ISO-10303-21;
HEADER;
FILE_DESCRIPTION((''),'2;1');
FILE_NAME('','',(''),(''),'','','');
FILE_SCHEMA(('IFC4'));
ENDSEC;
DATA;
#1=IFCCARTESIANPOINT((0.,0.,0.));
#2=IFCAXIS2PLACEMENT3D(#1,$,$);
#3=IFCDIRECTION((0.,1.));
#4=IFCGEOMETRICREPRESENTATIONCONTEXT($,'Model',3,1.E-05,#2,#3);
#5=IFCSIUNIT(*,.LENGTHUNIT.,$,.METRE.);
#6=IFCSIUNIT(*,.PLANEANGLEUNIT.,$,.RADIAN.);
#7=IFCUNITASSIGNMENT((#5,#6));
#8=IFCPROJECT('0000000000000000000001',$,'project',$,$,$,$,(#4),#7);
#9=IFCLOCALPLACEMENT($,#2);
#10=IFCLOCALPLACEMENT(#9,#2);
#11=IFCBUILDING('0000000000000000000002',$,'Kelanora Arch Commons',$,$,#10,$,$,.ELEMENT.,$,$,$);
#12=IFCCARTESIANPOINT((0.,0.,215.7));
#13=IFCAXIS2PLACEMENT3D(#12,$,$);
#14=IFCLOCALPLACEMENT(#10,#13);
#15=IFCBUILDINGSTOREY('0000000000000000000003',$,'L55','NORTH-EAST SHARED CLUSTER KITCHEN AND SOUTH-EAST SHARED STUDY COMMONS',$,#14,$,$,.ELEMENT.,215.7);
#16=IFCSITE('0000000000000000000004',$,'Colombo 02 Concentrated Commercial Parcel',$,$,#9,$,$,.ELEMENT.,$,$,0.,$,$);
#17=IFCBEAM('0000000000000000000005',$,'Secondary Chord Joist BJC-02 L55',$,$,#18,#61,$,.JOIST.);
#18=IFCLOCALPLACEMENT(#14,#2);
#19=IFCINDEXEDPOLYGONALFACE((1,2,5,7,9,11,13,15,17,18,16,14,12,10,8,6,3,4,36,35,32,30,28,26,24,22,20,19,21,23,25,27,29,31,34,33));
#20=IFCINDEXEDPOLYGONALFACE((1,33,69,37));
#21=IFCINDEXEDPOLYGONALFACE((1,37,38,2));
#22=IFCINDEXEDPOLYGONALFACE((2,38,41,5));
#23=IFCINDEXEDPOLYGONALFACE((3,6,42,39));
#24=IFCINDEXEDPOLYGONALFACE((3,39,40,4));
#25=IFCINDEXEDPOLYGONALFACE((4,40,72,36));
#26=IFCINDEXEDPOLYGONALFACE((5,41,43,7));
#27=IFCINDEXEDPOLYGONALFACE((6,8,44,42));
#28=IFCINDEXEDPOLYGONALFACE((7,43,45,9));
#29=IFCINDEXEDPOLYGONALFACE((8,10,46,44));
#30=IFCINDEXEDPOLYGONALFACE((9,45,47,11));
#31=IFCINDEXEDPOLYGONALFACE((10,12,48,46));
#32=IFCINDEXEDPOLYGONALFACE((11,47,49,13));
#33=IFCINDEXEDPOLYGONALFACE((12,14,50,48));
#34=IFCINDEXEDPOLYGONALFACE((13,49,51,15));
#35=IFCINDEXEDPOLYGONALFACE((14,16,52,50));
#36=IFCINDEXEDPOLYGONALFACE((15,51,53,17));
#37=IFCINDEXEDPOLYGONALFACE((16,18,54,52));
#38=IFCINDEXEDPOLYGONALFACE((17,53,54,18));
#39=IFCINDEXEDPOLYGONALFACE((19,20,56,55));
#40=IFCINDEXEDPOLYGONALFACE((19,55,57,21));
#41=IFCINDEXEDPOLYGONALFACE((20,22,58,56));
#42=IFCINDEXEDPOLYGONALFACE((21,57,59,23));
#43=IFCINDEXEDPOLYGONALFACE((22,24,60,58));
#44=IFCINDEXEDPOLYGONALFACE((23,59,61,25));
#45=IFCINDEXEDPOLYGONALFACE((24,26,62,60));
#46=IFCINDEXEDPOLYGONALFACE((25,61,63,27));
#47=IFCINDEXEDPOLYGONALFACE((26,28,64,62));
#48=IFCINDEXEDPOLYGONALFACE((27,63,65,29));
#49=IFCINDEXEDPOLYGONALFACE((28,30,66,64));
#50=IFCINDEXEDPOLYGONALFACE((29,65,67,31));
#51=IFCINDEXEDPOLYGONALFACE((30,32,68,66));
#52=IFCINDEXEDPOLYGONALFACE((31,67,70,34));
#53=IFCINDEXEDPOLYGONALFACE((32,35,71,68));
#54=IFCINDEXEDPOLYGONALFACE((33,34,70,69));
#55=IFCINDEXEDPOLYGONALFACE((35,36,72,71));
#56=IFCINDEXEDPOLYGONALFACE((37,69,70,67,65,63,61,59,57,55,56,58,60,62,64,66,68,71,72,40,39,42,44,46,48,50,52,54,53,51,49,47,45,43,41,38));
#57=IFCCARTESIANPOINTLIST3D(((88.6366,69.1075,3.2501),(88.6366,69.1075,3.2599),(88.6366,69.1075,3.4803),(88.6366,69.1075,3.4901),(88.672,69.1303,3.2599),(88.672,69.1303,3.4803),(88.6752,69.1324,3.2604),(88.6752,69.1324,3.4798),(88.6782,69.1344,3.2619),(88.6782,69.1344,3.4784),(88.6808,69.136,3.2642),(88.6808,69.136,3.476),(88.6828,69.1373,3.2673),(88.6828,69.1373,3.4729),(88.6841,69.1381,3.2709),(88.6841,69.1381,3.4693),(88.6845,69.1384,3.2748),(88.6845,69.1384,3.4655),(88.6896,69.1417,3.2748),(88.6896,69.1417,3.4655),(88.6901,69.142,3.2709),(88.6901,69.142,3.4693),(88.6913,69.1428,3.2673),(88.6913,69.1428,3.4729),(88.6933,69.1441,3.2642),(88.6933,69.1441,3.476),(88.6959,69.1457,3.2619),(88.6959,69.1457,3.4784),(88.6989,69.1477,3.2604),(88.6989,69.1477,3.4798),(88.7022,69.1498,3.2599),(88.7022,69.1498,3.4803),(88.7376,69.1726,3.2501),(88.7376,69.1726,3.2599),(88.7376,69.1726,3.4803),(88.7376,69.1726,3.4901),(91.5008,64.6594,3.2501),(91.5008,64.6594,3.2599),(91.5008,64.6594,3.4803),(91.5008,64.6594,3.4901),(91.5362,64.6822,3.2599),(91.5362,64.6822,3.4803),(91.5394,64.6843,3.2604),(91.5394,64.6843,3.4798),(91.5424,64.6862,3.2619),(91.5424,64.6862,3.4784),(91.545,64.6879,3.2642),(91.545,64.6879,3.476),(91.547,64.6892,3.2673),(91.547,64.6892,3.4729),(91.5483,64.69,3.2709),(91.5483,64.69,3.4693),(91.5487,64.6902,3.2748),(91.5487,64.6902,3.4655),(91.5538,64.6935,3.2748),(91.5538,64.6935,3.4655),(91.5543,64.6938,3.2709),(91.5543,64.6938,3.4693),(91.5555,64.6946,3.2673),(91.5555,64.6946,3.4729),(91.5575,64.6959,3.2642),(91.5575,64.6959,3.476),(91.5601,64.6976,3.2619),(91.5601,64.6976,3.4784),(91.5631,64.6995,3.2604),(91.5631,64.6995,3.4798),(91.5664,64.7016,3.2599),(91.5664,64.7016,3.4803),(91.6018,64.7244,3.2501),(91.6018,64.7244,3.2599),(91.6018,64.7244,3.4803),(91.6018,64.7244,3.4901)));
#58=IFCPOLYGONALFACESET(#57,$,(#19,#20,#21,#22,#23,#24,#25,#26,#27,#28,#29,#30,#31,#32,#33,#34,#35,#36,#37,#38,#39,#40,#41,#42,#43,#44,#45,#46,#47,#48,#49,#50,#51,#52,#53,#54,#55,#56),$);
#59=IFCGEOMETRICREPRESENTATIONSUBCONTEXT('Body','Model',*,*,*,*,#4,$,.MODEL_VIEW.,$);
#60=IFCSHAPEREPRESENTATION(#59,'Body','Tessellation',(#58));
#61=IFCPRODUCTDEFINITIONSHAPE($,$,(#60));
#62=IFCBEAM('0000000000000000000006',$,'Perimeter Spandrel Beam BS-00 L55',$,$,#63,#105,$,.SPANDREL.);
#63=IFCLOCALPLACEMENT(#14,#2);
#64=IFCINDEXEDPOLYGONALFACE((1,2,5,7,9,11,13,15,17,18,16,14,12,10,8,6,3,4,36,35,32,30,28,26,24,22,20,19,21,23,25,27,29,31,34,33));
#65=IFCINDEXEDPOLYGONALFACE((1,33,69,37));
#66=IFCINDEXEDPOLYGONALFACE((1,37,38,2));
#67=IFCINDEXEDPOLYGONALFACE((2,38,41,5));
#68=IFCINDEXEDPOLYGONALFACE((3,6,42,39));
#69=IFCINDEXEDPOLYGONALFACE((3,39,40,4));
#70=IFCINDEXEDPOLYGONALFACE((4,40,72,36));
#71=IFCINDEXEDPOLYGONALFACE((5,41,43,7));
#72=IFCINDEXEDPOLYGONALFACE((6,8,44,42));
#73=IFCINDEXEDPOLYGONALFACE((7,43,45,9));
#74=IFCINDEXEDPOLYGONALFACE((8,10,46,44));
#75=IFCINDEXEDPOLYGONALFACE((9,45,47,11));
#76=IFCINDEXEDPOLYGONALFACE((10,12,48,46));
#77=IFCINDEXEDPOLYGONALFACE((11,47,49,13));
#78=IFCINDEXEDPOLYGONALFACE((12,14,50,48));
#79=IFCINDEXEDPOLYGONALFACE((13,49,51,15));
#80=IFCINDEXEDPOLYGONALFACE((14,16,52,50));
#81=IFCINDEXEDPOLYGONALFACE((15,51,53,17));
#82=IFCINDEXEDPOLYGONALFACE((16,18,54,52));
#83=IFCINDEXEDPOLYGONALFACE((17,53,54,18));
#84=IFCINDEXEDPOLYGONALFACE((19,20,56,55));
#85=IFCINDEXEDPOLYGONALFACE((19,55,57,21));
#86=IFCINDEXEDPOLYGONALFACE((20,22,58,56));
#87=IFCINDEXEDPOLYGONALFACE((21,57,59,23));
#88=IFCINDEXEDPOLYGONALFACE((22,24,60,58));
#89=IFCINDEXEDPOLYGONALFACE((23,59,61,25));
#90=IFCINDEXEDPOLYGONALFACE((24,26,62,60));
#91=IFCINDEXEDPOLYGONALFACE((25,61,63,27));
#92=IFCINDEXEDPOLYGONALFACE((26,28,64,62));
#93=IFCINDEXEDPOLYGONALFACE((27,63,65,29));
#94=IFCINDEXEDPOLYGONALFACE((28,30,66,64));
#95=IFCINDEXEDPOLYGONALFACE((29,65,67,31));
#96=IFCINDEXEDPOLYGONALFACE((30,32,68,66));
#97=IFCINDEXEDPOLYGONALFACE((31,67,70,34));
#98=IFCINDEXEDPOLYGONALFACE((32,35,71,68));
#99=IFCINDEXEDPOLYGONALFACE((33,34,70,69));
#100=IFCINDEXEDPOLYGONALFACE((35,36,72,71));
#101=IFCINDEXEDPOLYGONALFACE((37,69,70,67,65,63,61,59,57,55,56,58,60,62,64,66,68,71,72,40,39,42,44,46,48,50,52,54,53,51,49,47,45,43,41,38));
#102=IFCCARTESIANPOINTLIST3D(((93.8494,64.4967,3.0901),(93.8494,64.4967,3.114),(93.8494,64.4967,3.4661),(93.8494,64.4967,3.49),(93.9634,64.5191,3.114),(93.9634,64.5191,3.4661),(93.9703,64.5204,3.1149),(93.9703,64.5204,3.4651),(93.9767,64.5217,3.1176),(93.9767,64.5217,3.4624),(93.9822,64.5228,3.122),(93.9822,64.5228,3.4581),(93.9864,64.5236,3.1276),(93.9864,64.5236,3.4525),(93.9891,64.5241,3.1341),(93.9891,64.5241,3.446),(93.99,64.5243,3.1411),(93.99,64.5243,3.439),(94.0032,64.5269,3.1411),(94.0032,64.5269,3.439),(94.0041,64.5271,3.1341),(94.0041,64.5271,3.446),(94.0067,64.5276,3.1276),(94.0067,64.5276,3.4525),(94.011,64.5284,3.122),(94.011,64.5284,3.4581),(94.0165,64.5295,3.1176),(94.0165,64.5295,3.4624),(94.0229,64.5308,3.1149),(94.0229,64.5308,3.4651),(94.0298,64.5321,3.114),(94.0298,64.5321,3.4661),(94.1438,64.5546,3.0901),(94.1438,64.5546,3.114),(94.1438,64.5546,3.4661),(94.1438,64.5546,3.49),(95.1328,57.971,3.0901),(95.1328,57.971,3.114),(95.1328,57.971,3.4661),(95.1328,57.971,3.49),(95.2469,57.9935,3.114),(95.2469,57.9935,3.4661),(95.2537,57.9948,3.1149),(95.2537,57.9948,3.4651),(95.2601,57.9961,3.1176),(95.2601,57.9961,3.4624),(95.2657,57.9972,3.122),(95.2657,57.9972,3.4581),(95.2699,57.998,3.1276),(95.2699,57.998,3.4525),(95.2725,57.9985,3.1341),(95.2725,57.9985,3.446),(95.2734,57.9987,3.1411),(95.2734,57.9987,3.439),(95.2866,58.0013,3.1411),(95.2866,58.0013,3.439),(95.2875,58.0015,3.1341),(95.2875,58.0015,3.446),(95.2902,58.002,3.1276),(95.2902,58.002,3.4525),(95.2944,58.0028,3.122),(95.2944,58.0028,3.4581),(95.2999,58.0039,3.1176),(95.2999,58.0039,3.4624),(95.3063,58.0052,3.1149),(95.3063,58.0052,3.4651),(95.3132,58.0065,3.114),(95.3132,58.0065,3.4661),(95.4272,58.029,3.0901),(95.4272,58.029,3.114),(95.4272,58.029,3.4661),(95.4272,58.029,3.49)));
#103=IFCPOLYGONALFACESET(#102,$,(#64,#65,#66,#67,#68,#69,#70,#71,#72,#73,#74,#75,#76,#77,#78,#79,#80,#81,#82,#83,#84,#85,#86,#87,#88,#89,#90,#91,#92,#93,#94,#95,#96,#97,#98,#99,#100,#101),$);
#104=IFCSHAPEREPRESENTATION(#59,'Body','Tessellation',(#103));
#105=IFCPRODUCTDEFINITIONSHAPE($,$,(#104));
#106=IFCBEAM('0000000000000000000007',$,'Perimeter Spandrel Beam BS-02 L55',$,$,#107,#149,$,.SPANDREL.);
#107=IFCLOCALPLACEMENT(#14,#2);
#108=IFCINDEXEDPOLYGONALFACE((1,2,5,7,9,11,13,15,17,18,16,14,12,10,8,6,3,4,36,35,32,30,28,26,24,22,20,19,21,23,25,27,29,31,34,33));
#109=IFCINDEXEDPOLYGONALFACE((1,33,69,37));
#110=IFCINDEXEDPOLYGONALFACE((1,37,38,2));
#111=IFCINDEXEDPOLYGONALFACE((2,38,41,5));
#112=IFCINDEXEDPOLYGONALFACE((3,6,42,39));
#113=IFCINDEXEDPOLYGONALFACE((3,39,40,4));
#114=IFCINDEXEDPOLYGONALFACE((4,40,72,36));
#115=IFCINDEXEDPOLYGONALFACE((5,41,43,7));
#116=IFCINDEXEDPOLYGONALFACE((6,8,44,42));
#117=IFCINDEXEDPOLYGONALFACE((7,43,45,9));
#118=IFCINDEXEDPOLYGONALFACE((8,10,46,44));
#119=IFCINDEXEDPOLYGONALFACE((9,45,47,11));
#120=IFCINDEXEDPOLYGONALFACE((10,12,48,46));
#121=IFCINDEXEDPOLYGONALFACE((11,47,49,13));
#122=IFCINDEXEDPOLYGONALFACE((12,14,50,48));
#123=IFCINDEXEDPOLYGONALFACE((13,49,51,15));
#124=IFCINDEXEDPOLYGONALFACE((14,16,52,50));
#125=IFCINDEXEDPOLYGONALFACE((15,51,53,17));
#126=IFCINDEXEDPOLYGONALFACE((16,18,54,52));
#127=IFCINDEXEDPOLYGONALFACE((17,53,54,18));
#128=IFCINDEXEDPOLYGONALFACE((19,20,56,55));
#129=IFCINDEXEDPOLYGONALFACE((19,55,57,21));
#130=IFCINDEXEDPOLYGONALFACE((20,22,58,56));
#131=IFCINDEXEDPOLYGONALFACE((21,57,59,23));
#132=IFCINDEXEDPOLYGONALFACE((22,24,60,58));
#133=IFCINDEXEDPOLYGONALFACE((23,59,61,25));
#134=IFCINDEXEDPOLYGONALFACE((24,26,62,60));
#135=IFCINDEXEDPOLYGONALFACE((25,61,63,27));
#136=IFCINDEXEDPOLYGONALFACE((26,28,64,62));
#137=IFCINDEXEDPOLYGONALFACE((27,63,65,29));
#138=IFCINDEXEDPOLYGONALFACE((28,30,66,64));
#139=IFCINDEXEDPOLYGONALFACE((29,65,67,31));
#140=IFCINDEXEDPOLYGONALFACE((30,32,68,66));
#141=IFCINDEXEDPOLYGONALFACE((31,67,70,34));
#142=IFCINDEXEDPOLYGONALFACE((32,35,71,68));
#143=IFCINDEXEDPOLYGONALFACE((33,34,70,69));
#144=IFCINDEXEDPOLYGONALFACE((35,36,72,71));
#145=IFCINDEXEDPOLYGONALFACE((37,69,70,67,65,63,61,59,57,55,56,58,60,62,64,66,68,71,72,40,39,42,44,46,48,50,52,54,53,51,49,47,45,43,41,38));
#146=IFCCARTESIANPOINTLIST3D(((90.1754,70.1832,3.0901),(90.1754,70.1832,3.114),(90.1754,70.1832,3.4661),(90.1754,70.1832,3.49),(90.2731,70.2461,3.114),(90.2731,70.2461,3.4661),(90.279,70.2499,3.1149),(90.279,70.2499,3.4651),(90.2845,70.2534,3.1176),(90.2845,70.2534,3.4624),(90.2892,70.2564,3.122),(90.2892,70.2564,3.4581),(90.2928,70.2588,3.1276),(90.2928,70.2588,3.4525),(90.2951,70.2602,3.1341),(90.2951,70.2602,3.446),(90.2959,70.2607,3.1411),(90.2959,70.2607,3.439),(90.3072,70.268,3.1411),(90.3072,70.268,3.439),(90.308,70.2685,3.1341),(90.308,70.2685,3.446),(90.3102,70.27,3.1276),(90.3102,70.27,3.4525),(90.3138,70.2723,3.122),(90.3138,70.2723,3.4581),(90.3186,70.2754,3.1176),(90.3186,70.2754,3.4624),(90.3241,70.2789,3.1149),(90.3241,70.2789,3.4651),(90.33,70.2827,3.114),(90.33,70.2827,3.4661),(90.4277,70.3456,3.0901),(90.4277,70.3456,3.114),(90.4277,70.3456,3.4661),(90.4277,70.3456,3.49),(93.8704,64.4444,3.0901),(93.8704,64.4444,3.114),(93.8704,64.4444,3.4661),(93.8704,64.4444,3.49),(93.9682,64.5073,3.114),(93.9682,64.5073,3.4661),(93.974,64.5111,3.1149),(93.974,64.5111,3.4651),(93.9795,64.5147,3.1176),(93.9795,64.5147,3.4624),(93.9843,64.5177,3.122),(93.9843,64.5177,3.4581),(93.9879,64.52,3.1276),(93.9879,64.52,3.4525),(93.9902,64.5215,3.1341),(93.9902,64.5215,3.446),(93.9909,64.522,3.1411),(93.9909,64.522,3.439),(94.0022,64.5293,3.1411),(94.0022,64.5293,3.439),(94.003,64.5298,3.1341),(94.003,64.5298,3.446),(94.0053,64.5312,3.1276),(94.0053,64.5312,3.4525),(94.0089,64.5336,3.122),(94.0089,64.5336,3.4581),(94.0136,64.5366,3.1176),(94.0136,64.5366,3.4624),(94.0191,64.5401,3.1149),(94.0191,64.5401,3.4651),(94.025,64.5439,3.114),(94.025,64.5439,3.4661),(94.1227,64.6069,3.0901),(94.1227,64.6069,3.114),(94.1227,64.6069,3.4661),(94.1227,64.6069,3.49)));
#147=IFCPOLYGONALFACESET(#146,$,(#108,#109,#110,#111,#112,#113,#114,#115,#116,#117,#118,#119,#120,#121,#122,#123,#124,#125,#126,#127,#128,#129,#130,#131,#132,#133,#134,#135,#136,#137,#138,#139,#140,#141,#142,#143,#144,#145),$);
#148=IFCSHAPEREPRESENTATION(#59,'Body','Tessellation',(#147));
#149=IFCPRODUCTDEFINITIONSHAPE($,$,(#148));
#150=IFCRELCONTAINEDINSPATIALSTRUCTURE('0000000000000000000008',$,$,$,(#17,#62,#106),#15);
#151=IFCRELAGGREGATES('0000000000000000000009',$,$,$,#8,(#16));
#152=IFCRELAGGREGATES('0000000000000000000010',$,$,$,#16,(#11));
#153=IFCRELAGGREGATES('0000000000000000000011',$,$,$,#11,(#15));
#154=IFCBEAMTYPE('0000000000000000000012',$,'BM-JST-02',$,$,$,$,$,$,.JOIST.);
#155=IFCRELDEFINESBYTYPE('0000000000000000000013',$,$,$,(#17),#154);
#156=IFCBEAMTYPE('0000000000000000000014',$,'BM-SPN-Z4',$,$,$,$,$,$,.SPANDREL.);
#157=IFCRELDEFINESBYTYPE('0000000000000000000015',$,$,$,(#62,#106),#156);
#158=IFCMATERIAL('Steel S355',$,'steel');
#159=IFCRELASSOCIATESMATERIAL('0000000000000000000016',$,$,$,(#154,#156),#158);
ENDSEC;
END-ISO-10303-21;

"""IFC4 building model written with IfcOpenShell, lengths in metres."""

from ifc_helpers import new_model, si_unit, direction, frame, origin, origin_2d, place, context, subcontext, project, spatial, i_section, extrude, material, material_profile, profile_set, type_object, element, save


model = new_model("IFC4")

# Units and contexts
model_context = context("Model", 3, precision=1e-05, world=origin(), true_north=direction((0.0, 1.0)))
body_context = subcontext(model_context, "Body", "Model", "MODEL_VIEW")
ifc_project = project(units=[si_unit("LENGTHUNIT", "METRE"), si_unit("PLANEANGLEUNIT", "RADIAN")], contexts=[model_context])

# Site, building, storey
site_placement = place(None, origin())
site = spatial("IfcSite", under=ifc_project, at=site_placement, Name="Colombo 02 Concentrated Commercial Parcel", CompositionType="ELEMENT", RefElevation=0.0)
building_placement = place(site_placement, origin())
building = spatial("IfcBuilding", under=site, at=building_placement, Name="Kelanora Arch Commons", CompositionType="ELEMENT")
storey_placement = place(building_placement, frame((0.0, 0.0, 215.7)))
storey = spatial("IfcBuildingStorey", under=building, at=storey_placement, Name="L55", Description="NORTH-EAST SHARED CLUSTER KITCHEN AND SOUTH-EAST SHARED STUDY COMMONS", CompositionType="ELEMENT", Elevation=215.7)

# Beams
ifc_material_1 = material(Name="Steel S355", Category="steel")
ifc_material_profile_1 = material_profile(ifc_material_1, i_section(OverallWidth=0.1201, OverallDepth=0.24, WebThickness=0.0061, FlangeThickness=0.0098, FilletRadius=0.0149, at=origin_2d()), Name="IPE240")
ifc_profile_set_1 = profile_set([ifc_material_profile_1], Name="Steel S355")
beam_type_1 = type_object("IfcBeamType", Name="BM-JST-02", PredefinedType="JOIST", material=ifc_profile_set_1)
beam_1_placement = place(storey_placement, frame((91.5513, 64.6919, 3.3701), z_axis=(-0.541382, 0.840776, 0.0), x_axis=(-0.840776, -0.541382, 0.0)))
element("IfcBeam", 1, at=beam_1_placement, inside=storey, type_object=beam_type_1, Name="Secondary Chord Joist BJC-02 L55", PredefinedType="JOIST", context=body_context, shape_type="SweptSolid", body=[
    extrude(i_section(OverallWidth=0.1201, OverallDepth=0.24, WebThickness=0.0061, FlangeThickness=0.0098, FilletRadius=0.0149, at=origin_2d()), origin(), (0.0, 0.0, 1.0), 5.2905),
])
ifc_material_profile_2 = material_profile(ifc_material_1, i_section(OverallWidth=0.3, OverallDepth=0.3999, WebThickness=0.0134, FlangeThickness=0.0239, FilletRadius=0.0271, at=origin_2d()), Name="HEB400")
ifc_profile_set_2 = profile_set([ifc_material_profile_2], Name="Steel S355")
beam_type_2 = type_object("IfcBeamType", Name="BM-SPN-Z4", PredefinedType="SPANDREL", material=ifc_profile_set_2)
beam_2_placement = place(storey_placement, frame((95.28, 58.0, 3.29), z_axis=(-0.192981, 0.981203, 0.0), x_axis=(-0.981203, -0.192981, 0.0)))
element("IfcBeam", 2, at=beam_2_placement, inside=storey, type_object=beam_type_2, Name="Perimeter Spandrel Beam BS-00 L55", PredefinedType="SPANDREL", context=body_context, shape_type="SweptSolid", body=[
    extrude(i_section(OverallWidth=0.3, OverallDepth=0.3999, WebThickness=0.0134, FlangeThickness=0.0239, FilletRadius=0.0271, at=origin_2d()), origin(), (0.0, 0.0, 1.0), 6.6506),
])
beam_3_placement = place(storey_placement, frame((93.9966, 64.5256, 3.29), z_axis=(-0.541365, 0.840788, 0.0), x_axis=(-0.840788, -0.541365, 0.0)))
element("IfcBeam", 3, at=beam_3_placement, inside=storey, type_object=beam_type_2, Name="Perimeter Spandrel Beam BS-02 L55", PredefinedType="SPANDREL", context=body_context, shape_type="SweptSolid", body=[
    extrude(i_section(OverallWidth=0.3, OverallDepth=0.3999, WebThickness=0.0134, FlangeThickness=0.0239, FilletRadius=0.0271, at=origin_2d()), origin(), (0.0, 0.0, 1.0), 6.8254),
])

save(model, "model.ifc")
